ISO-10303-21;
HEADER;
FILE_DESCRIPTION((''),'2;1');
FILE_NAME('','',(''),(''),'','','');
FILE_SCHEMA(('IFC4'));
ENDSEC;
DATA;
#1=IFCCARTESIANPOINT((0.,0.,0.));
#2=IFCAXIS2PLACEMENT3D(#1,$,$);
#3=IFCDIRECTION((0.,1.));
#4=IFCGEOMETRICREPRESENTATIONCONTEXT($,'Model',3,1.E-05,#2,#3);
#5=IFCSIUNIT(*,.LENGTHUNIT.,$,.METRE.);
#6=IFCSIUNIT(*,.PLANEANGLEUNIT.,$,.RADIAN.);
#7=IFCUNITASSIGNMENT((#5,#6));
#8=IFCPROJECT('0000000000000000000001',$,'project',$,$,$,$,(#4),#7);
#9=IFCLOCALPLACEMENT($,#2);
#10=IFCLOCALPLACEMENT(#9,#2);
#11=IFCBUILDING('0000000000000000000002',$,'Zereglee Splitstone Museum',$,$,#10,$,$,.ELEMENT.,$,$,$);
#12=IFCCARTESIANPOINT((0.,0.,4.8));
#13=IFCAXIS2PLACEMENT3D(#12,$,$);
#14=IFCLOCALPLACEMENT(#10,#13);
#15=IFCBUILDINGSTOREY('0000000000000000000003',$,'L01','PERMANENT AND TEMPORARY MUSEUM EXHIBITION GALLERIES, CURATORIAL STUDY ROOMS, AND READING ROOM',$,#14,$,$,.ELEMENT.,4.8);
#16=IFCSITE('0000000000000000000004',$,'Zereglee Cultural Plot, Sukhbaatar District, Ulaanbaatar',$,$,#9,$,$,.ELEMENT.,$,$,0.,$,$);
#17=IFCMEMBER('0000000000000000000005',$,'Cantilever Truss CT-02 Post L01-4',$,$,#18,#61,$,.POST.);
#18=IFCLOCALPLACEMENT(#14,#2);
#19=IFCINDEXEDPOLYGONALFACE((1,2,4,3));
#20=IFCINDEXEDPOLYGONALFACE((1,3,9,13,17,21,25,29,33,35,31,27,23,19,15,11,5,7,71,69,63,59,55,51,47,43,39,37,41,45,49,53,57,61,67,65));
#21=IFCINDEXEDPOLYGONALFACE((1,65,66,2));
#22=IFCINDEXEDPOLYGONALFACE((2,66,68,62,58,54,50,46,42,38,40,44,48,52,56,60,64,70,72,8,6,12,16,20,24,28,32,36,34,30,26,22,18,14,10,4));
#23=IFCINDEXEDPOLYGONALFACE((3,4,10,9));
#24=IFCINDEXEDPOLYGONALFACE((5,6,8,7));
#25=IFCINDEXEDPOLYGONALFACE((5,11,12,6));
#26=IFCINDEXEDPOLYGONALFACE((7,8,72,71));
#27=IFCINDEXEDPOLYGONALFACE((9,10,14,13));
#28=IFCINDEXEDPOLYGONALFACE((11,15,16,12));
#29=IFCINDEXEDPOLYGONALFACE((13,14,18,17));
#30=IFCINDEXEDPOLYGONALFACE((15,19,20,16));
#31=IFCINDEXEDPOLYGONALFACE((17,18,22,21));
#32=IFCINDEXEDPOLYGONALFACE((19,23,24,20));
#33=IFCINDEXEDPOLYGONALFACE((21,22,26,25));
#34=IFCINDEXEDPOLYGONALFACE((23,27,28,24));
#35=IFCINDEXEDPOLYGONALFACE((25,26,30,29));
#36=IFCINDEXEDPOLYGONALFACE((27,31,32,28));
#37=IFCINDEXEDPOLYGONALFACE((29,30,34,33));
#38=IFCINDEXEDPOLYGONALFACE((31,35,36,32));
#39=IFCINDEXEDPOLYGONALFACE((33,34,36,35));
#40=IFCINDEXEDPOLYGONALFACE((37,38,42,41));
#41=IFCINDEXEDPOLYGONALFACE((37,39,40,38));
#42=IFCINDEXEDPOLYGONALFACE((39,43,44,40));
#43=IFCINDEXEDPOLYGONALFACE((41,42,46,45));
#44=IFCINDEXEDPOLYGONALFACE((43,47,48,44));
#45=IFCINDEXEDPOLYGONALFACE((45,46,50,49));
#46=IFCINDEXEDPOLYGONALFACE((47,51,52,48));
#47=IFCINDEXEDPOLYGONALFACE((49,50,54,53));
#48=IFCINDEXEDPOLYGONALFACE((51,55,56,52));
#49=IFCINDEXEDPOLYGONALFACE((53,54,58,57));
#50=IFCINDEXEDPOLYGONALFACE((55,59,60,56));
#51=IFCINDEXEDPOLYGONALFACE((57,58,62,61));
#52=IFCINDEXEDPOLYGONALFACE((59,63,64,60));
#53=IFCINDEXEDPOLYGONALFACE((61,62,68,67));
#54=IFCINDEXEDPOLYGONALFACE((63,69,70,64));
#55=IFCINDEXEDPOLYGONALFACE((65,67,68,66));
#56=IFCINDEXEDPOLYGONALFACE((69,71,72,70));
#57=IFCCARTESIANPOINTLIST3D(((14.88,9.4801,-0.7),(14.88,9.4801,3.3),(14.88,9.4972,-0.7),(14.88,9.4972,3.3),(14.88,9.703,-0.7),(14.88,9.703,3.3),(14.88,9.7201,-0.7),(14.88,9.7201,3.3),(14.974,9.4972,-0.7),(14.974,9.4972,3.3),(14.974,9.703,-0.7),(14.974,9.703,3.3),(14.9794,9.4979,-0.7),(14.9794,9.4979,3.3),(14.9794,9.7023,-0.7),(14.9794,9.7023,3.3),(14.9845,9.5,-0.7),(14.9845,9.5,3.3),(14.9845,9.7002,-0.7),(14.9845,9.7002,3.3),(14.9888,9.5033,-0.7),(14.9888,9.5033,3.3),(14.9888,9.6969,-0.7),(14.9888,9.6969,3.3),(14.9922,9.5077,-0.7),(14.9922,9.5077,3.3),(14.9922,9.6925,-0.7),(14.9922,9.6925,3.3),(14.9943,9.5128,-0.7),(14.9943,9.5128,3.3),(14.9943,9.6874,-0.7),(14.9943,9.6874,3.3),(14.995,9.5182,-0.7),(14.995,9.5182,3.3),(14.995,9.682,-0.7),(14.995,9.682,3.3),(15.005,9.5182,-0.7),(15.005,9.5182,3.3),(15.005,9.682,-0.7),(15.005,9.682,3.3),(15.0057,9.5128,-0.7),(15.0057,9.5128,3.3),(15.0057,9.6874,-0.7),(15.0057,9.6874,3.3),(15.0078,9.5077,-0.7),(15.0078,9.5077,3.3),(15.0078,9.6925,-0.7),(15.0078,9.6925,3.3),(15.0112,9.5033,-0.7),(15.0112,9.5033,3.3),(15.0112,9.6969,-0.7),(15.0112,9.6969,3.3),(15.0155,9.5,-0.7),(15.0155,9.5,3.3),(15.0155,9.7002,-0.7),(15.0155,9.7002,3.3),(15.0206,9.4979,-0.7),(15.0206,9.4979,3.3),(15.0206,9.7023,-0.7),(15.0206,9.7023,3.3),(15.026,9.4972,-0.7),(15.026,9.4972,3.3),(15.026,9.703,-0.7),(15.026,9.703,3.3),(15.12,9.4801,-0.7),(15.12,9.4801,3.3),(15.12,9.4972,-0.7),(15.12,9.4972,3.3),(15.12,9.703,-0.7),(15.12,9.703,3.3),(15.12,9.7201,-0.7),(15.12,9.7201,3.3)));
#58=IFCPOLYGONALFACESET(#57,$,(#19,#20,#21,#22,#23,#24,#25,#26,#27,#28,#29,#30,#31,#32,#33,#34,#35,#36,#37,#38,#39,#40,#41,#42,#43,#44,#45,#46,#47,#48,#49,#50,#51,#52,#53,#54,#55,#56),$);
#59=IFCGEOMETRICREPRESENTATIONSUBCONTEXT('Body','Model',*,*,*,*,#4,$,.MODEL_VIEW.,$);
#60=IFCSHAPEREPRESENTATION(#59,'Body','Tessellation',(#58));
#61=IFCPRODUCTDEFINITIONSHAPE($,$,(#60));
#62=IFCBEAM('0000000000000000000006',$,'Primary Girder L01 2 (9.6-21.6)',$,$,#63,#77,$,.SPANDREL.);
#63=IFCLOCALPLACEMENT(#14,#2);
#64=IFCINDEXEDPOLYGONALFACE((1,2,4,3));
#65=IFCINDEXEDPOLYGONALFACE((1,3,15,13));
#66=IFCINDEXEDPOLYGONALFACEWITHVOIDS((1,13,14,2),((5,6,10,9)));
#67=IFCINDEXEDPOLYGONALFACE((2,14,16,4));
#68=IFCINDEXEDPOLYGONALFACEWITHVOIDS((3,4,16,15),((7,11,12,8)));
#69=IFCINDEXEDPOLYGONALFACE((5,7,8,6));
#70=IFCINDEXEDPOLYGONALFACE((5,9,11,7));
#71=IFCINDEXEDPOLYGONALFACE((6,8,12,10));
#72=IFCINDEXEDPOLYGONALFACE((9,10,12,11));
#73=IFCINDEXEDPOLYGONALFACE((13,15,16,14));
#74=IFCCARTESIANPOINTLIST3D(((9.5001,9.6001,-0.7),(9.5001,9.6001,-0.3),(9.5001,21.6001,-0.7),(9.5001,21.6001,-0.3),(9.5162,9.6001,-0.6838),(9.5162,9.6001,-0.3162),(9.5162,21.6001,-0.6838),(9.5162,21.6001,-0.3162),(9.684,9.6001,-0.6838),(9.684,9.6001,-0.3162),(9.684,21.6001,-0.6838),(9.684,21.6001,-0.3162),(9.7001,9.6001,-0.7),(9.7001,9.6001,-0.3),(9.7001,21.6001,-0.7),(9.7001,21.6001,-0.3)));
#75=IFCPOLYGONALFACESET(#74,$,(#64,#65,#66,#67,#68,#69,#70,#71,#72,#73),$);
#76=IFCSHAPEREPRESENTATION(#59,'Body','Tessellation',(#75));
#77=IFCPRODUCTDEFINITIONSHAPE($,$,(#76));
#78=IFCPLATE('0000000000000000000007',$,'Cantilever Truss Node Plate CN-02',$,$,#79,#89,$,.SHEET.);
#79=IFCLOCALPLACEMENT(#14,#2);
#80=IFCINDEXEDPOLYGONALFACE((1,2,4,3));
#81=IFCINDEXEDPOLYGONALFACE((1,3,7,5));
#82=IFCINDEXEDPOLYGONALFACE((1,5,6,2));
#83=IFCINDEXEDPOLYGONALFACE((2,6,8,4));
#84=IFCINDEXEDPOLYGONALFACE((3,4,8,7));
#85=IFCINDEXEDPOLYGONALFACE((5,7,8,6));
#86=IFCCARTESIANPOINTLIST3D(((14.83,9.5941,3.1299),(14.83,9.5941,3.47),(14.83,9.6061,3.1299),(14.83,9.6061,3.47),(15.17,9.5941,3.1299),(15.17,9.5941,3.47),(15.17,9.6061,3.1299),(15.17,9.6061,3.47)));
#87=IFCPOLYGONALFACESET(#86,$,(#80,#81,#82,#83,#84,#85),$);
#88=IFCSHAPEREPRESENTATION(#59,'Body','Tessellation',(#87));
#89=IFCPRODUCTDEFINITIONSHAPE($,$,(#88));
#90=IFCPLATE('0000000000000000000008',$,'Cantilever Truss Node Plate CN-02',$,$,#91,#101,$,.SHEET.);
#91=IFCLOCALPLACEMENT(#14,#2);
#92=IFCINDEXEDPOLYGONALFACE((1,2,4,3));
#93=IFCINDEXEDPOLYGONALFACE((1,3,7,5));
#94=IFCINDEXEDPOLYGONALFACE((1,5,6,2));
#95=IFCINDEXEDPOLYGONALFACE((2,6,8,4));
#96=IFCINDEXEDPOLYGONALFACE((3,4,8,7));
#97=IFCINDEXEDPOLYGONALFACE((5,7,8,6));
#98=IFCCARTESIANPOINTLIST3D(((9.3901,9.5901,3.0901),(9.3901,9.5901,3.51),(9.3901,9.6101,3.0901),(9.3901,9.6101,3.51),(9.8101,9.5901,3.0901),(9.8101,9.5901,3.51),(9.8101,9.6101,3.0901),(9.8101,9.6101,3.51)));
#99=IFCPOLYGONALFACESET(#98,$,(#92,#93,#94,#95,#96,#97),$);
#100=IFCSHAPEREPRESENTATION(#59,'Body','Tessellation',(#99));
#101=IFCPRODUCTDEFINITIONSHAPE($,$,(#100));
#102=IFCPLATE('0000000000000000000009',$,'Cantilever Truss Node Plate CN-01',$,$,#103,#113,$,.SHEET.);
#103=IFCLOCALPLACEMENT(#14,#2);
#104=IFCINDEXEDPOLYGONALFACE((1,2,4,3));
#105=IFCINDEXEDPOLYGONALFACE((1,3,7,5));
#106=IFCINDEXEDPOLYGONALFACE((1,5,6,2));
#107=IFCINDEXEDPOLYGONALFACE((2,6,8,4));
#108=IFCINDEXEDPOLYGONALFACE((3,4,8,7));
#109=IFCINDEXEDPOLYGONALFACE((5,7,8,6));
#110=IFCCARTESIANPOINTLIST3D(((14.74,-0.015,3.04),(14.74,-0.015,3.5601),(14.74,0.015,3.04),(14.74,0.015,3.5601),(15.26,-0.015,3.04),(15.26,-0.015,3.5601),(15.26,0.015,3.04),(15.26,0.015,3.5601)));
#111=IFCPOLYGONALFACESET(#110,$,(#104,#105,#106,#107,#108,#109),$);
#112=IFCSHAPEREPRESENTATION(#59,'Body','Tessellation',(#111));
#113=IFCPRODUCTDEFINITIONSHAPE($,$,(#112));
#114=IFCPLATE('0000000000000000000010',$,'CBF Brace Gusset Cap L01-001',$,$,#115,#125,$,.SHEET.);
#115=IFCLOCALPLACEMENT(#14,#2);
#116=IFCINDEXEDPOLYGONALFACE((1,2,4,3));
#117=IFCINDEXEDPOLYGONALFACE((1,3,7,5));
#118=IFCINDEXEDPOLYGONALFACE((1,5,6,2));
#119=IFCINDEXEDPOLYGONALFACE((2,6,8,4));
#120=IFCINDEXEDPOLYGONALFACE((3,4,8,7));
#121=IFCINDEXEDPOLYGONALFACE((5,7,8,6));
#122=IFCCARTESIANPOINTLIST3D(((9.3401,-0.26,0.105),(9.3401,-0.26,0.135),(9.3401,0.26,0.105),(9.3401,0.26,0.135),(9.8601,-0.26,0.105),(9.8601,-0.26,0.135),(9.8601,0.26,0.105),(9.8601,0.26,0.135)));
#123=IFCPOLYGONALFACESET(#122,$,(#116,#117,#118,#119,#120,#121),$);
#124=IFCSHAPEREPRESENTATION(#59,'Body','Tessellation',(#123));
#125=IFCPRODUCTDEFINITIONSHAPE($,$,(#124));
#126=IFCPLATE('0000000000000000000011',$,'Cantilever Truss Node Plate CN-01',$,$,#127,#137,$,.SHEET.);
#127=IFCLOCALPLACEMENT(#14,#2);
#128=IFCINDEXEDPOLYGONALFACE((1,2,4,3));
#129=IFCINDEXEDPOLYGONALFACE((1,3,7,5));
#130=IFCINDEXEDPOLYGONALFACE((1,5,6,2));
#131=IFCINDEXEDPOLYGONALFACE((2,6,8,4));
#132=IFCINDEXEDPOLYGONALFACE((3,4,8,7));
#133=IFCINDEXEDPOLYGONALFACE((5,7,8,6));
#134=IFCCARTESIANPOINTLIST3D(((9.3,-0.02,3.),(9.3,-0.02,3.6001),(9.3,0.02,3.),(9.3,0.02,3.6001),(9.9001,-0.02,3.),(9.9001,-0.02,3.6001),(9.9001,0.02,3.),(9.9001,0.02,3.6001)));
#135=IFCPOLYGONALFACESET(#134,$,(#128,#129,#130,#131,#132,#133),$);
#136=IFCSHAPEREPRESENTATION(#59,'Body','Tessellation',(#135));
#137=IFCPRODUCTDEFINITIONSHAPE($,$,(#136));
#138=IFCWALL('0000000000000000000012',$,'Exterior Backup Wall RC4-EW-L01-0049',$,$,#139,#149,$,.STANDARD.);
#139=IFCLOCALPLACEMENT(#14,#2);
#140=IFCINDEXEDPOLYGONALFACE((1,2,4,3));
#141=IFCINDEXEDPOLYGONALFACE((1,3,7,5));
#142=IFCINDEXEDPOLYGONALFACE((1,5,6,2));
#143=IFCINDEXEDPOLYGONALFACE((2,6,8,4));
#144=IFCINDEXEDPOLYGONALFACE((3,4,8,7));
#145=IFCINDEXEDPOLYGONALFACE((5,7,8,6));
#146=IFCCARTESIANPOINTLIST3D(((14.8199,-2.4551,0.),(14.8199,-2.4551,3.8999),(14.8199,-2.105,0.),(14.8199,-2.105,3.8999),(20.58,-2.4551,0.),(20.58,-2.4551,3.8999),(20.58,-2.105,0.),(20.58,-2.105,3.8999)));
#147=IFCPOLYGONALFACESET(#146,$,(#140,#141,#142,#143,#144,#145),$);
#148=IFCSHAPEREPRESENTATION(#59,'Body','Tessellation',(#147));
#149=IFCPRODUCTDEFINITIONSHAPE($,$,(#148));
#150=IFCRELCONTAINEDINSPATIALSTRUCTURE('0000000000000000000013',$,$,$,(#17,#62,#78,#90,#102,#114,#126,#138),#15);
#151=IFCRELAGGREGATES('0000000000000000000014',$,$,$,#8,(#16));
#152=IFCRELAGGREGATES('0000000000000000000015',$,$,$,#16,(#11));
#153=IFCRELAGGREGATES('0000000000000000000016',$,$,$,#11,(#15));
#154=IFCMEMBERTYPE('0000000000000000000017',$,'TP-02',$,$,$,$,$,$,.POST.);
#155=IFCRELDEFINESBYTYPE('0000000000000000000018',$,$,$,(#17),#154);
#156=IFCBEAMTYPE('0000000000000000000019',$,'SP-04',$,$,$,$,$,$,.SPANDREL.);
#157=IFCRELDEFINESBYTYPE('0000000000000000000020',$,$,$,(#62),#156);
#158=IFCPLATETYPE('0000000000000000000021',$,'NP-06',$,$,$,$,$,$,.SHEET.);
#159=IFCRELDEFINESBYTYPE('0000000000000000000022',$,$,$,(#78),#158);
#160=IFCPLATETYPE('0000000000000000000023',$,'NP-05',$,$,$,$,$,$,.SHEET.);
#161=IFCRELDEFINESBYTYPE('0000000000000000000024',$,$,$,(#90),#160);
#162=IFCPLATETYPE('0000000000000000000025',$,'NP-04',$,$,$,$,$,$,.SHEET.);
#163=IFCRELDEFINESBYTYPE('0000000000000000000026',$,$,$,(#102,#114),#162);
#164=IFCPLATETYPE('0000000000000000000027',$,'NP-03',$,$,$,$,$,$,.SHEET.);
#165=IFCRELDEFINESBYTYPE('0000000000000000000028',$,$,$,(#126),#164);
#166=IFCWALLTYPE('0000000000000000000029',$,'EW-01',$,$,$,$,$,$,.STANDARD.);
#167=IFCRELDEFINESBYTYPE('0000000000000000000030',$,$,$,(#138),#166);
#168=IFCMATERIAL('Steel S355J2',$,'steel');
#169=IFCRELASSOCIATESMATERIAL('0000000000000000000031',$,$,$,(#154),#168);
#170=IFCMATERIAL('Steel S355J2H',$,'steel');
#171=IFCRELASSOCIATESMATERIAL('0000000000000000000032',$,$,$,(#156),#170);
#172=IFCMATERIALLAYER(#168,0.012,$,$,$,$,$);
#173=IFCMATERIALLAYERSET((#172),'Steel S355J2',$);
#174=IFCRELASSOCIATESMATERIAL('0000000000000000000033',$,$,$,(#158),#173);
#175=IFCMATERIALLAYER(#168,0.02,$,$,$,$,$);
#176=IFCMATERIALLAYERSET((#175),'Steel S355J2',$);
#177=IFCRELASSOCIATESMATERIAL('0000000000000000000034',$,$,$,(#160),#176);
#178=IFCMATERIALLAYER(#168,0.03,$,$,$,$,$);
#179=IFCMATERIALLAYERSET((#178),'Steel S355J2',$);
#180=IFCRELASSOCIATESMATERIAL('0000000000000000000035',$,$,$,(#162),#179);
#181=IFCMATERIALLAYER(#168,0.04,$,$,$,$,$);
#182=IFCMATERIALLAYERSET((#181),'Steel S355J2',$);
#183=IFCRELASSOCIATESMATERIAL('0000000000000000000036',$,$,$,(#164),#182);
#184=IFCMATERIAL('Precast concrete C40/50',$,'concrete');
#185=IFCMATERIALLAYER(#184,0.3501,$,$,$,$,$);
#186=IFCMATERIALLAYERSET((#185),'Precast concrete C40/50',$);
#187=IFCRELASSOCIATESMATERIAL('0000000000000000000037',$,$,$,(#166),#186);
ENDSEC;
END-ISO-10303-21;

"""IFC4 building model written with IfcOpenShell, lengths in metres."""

from ifc_helpers import new_model, si_unit, direction, frame, frame_2d, origin, origin_2d, place, context, subcontext, project, spatial, rectangle, hollow_rectangle, i_section, extrude, material, layer, layer_set, material_profile, profile_set, type_object, element, save


model = new_model("IFC4")

# Units and contexts
model_context = context("Model", 3, precision=1e-05, world=origin(), true_north=direction((0.0, 1.0)))
body_context = subcontext(model_context, "Body", "Model", "MODEL_VIEW")
ifc_project = project(units=[si_unit("LENGTHUNIT", "METRE"), si_unit("PLANEANGLEUNIT", "RADIAN")], contexts=[model_context])

# Site, building, storey
site_placement = place(None, origin())
site = spatial("IfcSite", under=ifc_project, at=site_placement, Name="Zereglee Cultural Plot, Sukhbaatar District, Ulaanbaatar", CompositionType="ELEMENT", RefElevation=0.0)
building_placement = place(site_placement, origin())
building = spatial("IfcBuilding", under=site, at=building_placement, Name="Zereglee Splitstone Museum", CompositionType="ELEMENT")
storey_placement = place(building_placement, frame((0.0, 0.0, 4.8)))
storey = spatial("IfcBuildingStorey", under=building, at=storey_placement, Name="L01", Description="PERMANENT AND TEMPORARY MUSEUM EXHIBITION GALLERIES, CURATORIAL STUDY ROOMS, AND READING ROOM", CompositionType="ELEMENT", Elevation=4.8)

# Shared definitions
ifc_material_1 = material(Name="Steel S355J2H", Category="steel")
ifc_material_2 = material(Name="Steel S355J2", Category="steel")

# Member
ifc_material_profile_1 = material_profile(ifc_material_2, i_section(OverallWidth=0.24, OverallDepth=0.24, WebThickness=0.01, FlangeThickness=0.0171, FilletRadius=0.021, at=origin_2d()), Name="HE 240 B")
ifc_profile_set_1 = profile_set([ifc_material_profile_1], Name="Steel S355J2")
member_type_1 = type_object("IfcMemberType", Name="TP-02", PredefinedType="POST", material=ifc_profile_set_1)
for number, where, z_axis, x_axis, name in (
    (1, (15.0, 9.6001, -0.7), (0.0, 0.0, 1.0), (1.0, 0.0, 0.0), "Cantilever Truss CT-02 Post L01-4"),
):
    element("IfcMember", number, at=place(storey_placement, frame(where, z_axis=z_axis, x_axis=x_axis)), inside=storey, type_object=member_type_1, Name=name, PredefinedType="POST", context=body_context, shape_type="SweptSolid", body=[
        extrude(i_section(OverallWidth=0.24, OverallDepth=0.24, WebThickness=0.01, FlangeThickness=0.0171, FilletRadius=0.021, at=origin_2d()), origin(), (0.0, 0.0, 1.0), 4.0),
    ])

# Beam
ifc_material_profile_2 = material_profile(ifc_material_1, hollow_rectangle(XDim=0.2, YDim=0.3999, WallThickness=0.0161, at=origin_2d()), Name="RHS 400x200x16")
ifc_profile_set_2 = profile_set([ifc_material_profile_2], Name="Steel S355J2H")
beam_type_1 = type_object("IfcBeamType", Name="SP-04", PredefinedType="SPANDREL", material=ifc_profile_set_2)
beam_placement = place(storey_placement, frame((9.6001, 9.6001, -0.5), z_axis=(0.0, 1.0, 0.0), x_axis=(-1.0, 0.0, 0.0)))
element("IfcBeam", 2, at=beam_placement, inside=storey, type_object=beam_type_1, Name="Primary Girder L01 2 (9.6-21.6)", PredefinedType="SPANDREL", context=body_context, shape_type="SweptSolid", body=[
    extrude(hollow_rectangle(XDim=0.2, YDim=0.3999, WallThickness=0.0161, at=origin_2d()), origin(), (0.0, 0.0, 1.0), 12.0),
])

# Plates
ifc_layer_1 = layer(ifc_material_2, 0.012)
ifc_layer_set_1 = layer_set([ifc_layer_1], Name="Steel S355J2")
plate_type_1 = type_object("IfcPlateType", Name="NP-06", PredefinedType="SHEET", material=ifc_layer_set_1)
plate_1_placement = place(storey_placement, frame((15.0, 9.6001, 3.1299), z_axis=(0.0, 0.0, 1.0), x_axis=(1.0, 0.0, 0.0)))
element("IfcPlate", 3, at=plate_1_placement, inside=storey, type_object=plate_type_1, Name="Cantilever Truss Node Plate CN-02", PredefinedType="SHEET", context=body_context, shape_type="SweptSolid", body=[
    extrude(rectangle(XDim=0.3401, YDim=0.012, at=origin_2d()), origin(), (0.0, 0.0, 1.0), 0.3401),
])
ifc_layer_2 = layer(ifc_material_2, 0.02)
ifc_layer_set_2 = layer_set([ifc_layer_2], Name="Steel S355J2")
plate_type_2 = type_object("IfcPlateType", Name="NP-05", PredefinedType="SHEET", material=ifc_layer_set_2)
plate_2_placement = place(storey_placement, frame((9.6001, 9.6001, 3.0901), z_axis=(0.0, 0.0, 1.0), x_axis=(1.0, 0.0, 0.0)))
element("IfcPlate", 4, at=plate_2_placement, inside=storey, type_object=plate_type_2, Name="Cantilever Truss Node Plate CN-02", PredefinedType="SHEET", context=body_context, shape_type="SweptSolid", body=[
    extrude(rectangle(XDim=0.4199, YDim=0.02, at=origin_2d()), origin(), (0.0, 0.0, 1.0), 0.4199),
])
ifc_layer_3 = layer(ifc_material_2, 0.03)
ifc_layer_set_3 = layer_set([ifc_layer_3], Name="Steel S355J2")
plate_type_3 = type_object("IfcPlateType", Name="NP-04", PredefinedType="SHEET", material=ifc_layer_set_3)
plate_3_placement = place(storey_placement, frame((15.0, 0.0, 3.04), z_axis=(0.0, 0.0, 1.0), x_axis=(1.0, 0.0, 0.0)))
element("IfcPlate", 5, at=plate_3_placement, inside=storey, type_object=plate_type_3, Name="Cantilever Truss Node Plate CN-01", PredefinedType="SHEET", context=body_context, shape_type="SweptSolid", body=[
    extrude(rectangle(XDim=0.52, YDim=0.03, at=origin_2d()), origin(), (0.0, 0.0, 1.0), 0.52),
])
plate_4_placement = place(storey_placement, frame((9.6001, 0.0, 0.105), z_axis=(0.0, 0.0, 1.0), x_axis=(1.0, 0.0, 0.0)))
element("IfcPlate", 6, at=plate_4_placement, inside=storey, type_object=plate_type_3, Name="CBF Brace Gusset Cap L01-001", PredefinedType="SHEET", context=body_context, shape_type="SweptSolid", body=[
    extrude(rectangle(XDim=0.52, YDim=0.52, at=origin_2d()), origin(), (0.0, 0.0, 1.0), 0.03),
])
ifc_layer_4 = layer(ifc_material_2, 0.04)
ifc_layer_set_4 = layer_set([ifc_layer_4], Name="Steel S355J2")
plate_type_4 = type_object("IfcPlateType", Name="NP-03", PredefinedType="SHEET", material=ifc_layer_set_4)
plate_5_placement = place(storey_placement, frame((9.6001, 0.0, 3.0), z_axis=(0.0, 0.0, 1.0), x_axis=(1.0, 0.0, 0.0)))
element("IfcPlate", 7, at=plate_5_placement, inside=storey, type_object=plate_type_4, Name="Cantilever Truss Node Plate CN-01", PredefinedType="SHEET", context=body_context, shape_type="SweptSolid", body=[
    extrude(rectangle(XDim=0.6001, YDim=0.04, at=origin_2d()), origin(), (0.0, 0.0, 1.0), 0.6001),
])

# Wall
ifc_material_3 = material(Name="Precast concrete C40/50", Category="concrete")
ifc_layer_5 = layer(ifc_material_3, 0.3501)
ifc_layer_set_5 = layer_set([ifc_layer_5], Name="Precast concrete C40/50")
wall_type_1 = type_object("IfcWallType", Name="EW-01", PredefinedType="STANDARD", material=ifc_layer_set_5)
wall_1_placement = place(storey_placement, frame((14.8201, -2.28, 0.0), z_axis=(0.0, 0.0, 1.0), x_axis=(1.0, 0.0, 0.0)))
element("IfcWall", 8, at=wall_1_placement, inside=storey, type_object=wall_type_1, Name="Exterior Backup Wall RC4-EW-L01-0049", PredefinedType="STANDARD", context=body_context, shape_type="SweptSolid", body=[
    extrude(rectangle(XDim=5.76, YDim=0.3501, at=frame_2d((2.8799, 0.0))), origin(), (0.0, 0.0, 1.0), 3.8999),
])

save(model, "model.ifc")
